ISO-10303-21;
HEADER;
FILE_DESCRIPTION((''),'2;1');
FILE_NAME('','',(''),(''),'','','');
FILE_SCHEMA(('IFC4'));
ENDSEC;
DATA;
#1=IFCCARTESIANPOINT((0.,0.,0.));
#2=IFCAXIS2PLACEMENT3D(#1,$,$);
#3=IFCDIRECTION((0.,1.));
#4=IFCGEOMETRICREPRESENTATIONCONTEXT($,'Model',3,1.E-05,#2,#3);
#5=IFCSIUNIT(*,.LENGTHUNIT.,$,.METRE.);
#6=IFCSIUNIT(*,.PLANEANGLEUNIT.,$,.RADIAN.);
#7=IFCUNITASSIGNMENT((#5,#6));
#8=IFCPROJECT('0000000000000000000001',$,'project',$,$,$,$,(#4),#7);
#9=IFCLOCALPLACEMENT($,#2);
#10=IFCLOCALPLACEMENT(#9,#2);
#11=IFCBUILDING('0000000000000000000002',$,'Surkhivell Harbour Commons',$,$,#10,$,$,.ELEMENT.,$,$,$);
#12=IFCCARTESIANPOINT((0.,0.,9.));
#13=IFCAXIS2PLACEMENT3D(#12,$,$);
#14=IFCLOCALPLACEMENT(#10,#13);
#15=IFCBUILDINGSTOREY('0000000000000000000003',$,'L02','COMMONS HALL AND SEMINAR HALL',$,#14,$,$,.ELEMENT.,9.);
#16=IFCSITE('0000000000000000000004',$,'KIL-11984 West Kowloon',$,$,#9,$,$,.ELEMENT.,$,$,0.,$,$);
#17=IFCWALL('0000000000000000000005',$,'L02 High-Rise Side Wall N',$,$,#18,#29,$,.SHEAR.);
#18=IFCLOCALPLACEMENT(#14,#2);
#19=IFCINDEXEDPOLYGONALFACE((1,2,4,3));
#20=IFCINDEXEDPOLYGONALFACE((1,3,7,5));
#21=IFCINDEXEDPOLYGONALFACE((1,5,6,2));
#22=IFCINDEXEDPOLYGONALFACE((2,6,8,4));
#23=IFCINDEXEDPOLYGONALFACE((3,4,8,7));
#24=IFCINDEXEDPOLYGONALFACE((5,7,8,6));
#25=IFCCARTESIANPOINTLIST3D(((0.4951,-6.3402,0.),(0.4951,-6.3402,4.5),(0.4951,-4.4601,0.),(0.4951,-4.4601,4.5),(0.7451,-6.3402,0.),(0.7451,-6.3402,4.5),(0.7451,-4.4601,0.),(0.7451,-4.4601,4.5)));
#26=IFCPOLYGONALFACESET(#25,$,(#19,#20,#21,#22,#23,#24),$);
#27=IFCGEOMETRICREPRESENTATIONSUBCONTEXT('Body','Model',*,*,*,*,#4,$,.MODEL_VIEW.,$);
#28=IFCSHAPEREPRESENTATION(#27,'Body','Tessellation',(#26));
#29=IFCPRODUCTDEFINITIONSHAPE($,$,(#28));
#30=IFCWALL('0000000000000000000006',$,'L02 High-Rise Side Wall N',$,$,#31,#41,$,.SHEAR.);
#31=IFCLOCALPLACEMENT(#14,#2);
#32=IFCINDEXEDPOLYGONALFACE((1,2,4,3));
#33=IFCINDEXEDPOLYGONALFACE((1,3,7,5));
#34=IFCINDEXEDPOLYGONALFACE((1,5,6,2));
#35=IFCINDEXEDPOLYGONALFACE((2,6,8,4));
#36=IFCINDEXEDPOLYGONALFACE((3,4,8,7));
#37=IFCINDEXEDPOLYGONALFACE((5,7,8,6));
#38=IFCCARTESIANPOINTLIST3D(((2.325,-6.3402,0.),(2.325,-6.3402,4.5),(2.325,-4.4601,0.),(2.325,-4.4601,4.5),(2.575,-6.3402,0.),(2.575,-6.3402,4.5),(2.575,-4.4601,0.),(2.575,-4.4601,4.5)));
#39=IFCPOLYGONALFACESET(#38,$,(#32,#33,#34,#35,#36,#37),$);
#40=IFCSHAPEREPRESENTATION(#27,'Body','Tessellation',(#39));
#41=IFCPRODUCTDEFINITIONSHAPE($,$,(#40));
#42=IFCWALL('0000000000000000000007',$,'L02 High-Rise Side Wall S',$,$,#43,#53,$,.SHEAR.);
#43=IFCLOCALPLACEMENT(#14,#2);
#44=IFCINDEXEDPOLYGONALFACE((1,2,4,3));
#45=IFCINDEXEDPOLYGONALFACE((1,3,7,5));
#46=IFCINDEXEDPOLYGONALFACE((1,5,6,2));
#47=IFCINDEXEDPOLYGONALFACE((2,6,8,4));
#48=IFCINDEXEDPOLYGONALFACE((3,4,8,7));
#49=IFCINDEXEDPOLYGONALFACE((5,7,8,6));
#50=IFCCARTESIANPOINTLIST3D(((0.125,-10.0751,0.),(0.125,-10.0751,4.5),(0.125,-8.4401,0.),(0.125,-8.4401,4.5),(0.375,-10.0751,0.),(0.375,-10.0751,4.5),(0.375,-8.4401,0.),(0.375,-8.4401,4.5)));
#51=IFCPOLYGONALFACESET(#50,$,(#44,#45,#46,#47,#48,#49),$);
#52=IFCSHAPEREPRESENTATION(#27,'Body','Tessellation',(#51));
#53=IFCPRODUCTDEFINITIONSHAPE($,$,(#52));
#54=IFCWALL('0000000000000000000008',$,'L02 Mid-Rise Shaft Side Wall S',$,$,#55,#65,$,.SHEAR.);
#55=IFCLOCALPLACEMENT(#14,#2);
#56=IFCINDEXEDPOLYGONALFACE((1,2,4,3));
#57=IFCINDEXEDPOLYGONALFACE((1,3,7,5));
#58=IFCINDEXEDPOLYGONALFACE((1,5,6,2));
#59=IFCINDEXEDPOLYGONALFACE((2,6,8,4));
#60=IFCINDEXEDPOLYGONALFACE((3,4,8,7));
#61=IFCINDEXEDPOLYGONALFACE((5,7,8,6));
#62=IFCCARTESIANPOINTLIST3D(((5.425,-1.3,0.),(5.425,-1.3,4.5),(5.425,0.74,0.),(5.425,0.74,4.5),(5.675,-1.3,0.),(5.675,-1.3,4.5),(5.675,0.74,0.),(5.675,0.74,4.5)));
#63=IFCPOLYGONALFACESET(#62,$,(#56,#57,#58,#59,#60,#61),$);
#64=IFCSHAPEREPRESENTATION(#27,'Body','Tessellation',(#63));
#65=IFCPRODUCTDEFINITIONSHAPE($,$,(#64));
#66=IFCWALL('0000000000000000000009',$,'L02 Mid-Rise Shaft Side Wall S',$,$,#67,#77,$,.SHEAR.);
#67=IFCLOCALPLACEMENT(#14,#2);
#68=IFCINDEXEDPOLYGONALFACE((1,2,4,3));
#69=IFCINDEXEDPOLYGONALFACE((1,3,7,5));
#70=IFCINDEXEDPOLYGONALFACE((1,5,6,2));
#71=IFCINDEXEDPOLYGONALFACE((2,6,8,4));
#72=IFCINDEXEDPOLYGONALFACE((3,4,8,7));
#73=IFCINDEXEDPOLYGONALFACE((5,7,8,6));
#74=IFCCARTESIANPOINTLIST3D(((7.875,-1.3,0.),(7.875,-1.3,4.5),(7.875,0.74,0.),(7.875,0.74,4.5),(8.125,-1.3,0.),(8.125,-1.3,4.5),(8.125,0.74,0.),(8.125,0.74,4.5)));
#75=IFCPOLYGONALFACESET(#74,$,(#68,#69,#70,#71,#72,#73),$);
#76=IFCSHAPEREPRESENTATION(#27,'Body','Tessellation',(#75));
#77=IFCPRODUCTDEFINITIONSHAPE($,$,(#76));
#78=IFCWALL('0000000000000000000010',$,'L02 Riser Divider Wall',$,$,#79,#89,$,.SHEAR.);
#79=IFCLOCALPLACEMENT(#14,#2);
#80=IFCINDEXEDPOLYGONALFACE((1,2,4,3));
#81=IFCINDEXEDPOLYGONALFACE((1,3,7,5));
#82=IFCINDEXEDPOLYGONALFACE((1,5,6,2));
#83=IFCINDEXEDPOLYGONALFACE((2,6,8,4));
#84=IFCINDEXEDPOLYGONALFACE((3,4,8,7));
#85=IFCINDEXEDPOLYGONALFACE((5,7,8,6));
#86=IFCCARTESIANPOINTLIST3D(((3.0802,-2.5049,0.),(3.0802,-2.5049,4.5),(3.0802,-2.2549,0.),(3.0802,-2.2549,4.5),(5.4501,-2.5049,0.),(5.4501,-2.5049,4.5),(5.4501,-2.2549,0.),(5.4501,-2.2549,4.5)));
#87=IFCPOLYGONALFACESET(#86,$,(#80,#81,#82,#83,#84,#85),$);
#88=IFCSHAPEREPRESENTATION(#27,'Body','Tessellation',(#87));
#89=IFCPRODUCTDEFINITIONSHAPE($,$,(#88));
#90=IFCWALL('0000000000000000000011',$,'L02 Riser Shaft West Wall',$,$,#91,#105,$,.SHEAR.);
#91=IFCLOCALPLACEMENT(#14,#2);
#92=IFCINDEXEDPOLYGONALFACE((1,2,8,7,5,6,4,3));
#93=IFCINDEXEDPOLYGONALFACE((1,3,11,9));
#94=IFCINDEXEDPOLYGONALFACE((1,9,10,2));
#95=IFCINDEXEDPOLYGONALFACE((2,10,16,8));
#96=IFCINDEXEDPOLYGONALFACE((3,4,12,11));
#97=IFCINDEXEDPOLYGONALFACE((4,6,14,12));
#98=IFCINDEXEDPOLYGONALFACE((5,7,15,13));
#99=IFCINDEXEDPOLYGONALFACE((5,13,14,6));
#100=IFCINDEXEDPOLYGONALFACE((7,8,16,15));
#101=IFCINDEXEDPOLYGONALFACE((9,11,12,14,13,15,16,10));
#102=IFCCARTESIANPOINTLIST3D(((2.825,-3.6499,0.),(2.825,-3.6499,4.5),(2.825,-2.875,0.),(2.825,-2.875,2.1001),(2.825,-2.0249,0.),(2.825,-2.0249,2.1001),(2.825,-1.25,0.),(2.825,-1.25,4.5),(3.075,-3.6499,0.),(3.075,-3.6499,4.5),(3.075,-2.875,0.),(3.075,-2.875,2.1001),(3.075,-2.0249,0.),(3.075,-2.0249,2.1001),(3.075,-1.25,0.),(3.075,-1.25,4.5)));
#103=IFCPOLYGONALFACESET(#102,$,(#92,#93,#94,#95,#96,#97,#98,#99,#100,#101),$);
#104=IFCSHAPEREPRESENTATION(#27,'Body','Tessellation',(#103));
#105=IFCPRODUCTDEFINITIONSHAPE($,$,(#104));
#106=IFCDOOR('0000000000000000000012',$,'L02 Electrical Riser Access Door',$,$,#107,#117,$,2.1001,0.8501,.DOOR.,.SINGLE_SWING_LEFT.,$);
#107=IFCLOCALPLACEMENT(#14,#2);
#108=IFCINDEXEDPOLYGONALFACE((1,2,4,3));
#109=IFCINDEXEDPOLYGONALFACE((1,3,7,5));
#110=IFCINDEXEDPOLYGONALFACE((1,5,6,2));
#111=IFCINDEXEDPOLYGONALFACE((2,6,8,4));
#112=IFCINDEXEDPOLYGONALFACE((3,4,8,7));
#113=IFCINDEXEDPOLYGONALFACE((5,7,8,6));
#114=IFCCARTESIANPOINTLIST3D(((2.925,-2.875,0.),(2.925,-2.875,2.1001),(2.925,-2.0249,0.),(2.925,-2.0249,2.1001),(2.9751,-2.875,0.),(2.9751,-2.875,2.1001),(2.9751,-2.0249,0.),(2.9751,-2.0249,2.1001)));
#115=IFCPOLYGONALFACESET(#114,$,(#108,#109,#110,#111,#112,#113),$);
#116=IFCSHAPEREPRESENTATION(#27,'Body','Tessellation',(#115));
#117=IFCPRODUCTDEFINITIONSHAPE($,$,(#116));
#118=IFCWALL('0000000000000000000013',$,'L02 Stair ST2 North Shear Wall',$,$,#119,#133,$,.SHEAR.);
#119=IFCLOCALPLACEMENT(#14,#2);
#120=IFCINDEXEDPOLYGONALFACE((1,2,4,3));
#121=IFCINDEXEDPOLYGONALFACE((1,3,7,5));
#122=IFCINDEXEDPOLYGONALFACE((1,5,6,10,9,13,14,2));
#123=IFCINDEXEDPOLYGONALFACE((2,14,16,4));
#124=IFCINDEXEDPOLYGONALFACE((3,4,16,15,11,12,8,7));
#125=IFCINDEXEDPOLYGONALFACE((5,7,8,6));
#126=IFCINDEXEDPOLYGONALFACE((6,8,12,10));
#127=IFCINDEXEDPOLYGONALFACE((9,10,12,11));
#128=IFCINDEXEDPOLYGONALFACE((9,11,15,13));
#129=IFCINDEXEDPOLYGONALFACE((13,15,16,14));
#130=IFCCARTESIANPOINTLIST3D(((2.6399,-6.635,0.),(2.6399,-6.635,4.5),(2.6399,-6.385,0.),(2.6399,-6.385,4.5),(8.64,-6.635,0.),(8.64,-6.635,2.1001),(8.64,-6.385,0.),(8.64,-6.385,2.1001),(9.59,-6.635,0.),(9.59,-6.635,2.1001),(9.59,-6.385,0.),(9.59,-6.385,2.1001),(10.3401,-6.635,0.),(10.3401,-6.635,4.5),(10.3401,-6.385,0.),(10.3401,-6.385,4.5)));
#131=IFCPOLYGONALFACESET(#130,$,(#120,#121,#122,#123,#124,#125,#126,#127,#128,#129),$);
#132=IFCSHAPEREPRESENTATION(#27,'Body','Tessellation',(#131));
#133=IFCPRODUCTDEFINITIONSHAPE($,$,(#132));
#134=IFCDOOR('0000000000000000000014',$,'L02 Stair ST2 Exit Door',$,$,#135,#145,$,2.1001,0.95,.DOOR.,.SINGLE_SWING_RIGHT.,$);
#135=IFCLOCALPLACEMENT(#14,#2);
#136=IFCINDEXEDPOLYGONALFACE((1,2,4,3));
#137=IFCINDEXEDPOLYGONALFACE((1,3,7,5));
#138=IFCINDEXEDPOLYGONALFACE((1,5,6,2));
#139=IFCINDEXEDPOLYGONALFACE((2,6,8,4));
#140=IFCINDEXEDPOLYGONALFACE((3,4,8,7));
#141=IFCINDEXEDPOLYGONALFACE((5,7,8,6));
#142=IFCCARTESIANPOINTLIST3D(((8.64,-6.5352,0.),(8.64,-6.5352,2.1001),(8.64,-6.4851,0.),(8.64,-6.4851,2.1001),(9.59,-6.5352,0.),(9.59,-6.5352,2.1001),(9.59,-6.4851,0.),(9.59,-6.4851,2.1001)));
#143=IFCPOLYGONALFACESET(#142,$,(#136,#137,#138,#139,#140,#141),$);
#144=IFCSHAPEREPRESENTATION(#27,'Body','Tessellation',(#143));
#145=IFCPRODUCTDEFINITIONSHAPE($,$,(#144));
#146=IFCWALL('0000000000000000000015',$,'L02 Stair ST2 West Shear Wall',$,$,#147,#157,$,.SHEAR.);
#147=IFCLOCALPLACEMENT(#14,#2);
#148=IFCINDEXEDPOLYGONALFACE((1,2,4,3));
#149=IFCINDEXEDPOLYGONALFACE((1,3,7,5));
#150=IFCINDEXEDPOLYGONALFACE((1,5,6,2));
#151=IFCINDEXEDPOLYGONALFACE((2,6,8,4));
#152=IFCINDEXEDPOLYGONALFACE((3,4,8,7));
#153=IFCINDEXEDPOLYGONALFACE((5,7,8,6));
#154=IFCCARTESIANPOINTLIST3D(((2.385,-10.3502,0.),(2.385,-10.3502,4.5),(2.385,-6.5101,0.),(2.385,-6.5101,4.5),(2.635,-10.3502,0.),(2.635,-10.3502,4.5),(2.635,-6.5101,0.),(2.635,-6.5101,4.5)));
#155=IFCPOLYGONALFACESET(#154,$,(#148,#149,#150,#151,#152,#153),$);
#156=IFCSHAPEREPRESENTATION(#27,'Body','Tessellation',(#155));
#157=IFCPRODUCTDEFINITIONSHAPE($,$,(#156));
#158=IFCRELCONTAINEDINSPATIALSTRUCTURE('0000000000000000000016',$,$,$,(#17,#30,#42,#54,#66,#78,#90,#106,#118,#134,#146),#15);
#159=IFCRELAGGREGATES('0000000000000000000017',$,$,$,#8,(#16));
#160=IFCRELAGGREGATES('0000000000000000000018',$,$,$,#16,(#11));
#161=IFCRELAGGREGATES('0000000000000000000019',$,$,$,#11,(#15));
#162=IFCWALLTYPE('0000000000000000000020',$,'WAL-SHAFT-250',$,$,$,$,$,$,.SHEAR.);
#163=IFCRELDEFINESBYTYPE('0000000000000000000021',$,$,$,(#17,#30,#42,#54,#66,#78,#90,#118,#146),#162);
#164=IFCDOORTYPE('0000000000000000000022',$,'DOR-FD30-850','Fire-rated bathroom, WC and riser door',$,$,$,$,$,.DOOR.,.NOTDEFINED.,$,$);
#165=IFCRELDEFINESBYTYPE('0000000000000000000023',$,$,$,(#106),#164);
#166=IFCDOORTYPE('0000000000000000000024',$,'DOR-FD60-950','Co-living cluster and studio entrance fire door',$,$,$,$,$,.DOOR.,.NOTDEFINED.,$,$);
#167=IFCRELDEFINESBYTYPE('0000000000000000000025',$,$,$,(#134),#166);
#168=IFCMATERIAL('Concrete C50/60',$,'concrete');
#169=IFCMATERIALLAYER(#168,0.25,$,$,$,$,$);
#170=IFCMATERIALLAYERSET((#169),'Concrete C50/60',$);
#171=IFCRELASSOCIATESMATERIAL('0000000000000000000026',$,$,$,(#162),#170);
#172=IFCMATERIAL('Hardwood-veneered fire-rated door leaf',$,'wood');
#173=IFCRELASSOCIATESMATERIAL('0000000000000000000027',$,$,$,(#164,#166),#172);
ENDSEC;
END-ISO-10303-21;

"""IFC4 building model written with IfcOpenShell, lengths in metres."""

from ifc_helpers import new_model, si_unit, direction, frame, frame_2d, origin, place, context, subcontext, project, spatial, rectangle, extrude, material, layer, layer_set, type_object, element, fill, save


model = new_model("IFC4")

# Units and contexts
model_context = context("Model", 3, precision=1e-05, world=origin(), true_north=direction((0.0, 1.0)))
body_context = subcontext(model_context, "Body", "Model", "MODEL_VIEW")
ifc_project = project(units=[si_unit("LENGTHUNIT", "METRE"), si_unit("PLANEANGLEUNIT", "RADIAN")], contexts=[model_context])

# Site, building, storey
site_placement = place(None, origin())
site = spatial("IfcSite", under=ifc_project, at=site_placement, Name="KIL-11984 West Kowloon", CompositionType="ELEMENT", RefElevation=0.0)
building_placement = place(site_placement, origin())
building = spatial("IfcBuilding", under=site, at=building_placement, Name="Surkhivell Harbour Commons", CompositionType="ELEMENT")
storey_placement = place(building_placement, frame((0.0, 0.0, 9.0)))
storey = spatial("IfcBuildingStorey", under=building, at=storey_placement, Name="L02", Description="COMMONS HALL AND SEMINAR HALL", CompositionType="ELEMENT", Elevation=9.0)

# Shared definitions
ifc_material_1 = material(Name="Hardwood-veneered fire-rated door leaf", Category="wood")

# Shared definitions
ifc_material_2 = material(Name="Concrete C50/60", Category="concrete")
ifc_layer_1 = layer(ifc_material_2, 0.25)
ifc_layer_set_1 = layer_set([ifc_layer_1], Name="Concrete C50/60")
wall_type_1 = type_object("IfcWallType", Name="WAL-SHAFT-250", PredefinedType="SHEAR", material=ifc_layer_set_1)

# Walls
for number, where, z_axis, x_axis, name in (
    (1, (0.6201, -6.3401, 0.0), (0.0, 0.0, 1.0), (0.0, 1.0, 0.0), "L02 High-Rise Side Wall N"),
    (2, (2.45, -6.3401, 0.0), (0.0, 0.0, 1.0), (0.0, 1.0, 0.0), "L02 High-Rise Side Wall N"),
):
    element("IfcWall", number, at=place(storey_placement, frame(where, z_axis=z_axis, x_axis=x_axis)), inside=storey, type_object=wall_type_1, Name=name, PredefinedType="SHEAR", context=body_context, shape_type="SweptSolid", body=[
        extrude(rectangle(XDim=1.8801, YDim=0.25, at=frame_2d((0.9399, 0.0))), origin(), (0.0, 0.0, 1.0), 4.5),
    ])
wall_1_placement = place(storey_placement, frame((0.25, -10.075, 0.0), z_axis=(0.0, 0.0, 1.0), x_axis=(0.0, 1.0, 0.0)))
element("IfcWall", 3, at=wall_1_placement, inside=storey, type_object=wall_type_1, Name="L02 High-Rise Side Wall S", PredefinedType="SHEAR", context=body_context, shape_type="SweptSolid", body=[
    extrude(rectangle(XDim=1.635, YDim=0.25, at=frame_2d((0.8174, 0.0))), origin(), (0.0, 0.0, 1.0), 4.5),
])
for number, where, z_axis, x_axis, name in (
    (4, (5.55, -1.3, 0.0), (0.0, 0.0, 1.0), (0.0, 1.0, 0.0), "L02 Mid-Rise Shaft Side Wall S"),
    (5, (8.0, -1.3, 0.0), (0.0, 0.0, 1.0), (0.0, 1.0, 0.0), "L02 Mid-Rise Shaft Side Wall S"),
):
    element("IfcWall", number, at=place(storey_placement, frame(where, z_axis=z_axis, x_axis=x_axis)), inside=storey, type_object=wall_type_1, Name=name, PredefinedType="SHEAR", context=body_context, shape_type="SweptSolid", body=[
        extrude(rectangle(XDim=2.04, YDim=0.25, at=frame_2d((1.02, 0.0))), origin(), (0.0, 0.0, 1.0), 4.5),
    ])
wall_2_placement = place(storey_placement, frame((3.0801, -2.3799, 0.0), z_axis=(0.0, 0.0, 1.0), x_axis=(1.0, 0.0, 0.0)))
element("IfcWall", 6, at=wall_2_placement, inside=storey, type_object=wall_type_1, Name="L02 Riser Divider Wall", PredefinedType="SHEAR", context=body_context, shape_type="SweptSolid", body=[
    extrude(rectangle(XDim=2.3699, YDim=0.25, at=frame_2d((1.1851, 0.0))), origin(), (0.0, 0.0, 1.0), 4.5),
])

# Walls, openings, doors
wall_3_placement = place(storey_placement, frame((2.95, -3.6499, 0.0), z_axis=(0.0, 0.0, 1.0), x_axis=(0.0, 1.0, 0.0)))
wall_3 = element("IfcWall", 7, at=wall_3_placement, inside=storey, type_object=wall_type_1, Name="L02 Riser Shaft West Wall", PredefinedType="SHEAR", context=body_context, shape_type="SweptSolid", body=[
    extrude(rectangle(XDim=2.3999, YDim=0.25, at=frame_2d((1.2, 0.0))), origin(), (0.0, 0.0, 1.0), 4.5),
])
opening_1_placement = place(wall_3_placement, frame((0.7749, 0.0, 0.0)))
opening_1 = element("IfcOpeningElement", 8, at=opening_1_placement, cuts=wall_3, PredefinedType="OPENING", context=body_context, shape_type="SweptSolid", body=[
    extrude(rectangle(XDim=0.8501, YDim=2.1001, at=frame_2d((0.425, 1.05))), frame((0.0, 0.135, 0.0), z_axis=(0.0, -1.0, 0.0), x_axis=(1.0, 0.0, 0.0)), (0.0, 0.0, 1.0), 0.27),
])
door_type_1 = type_object("IfcDoorType", Name="DOR-FD30-850", Description="Fire-rated bathroom, WC and riser door", OperationType="NOTDEFINED", PredefinedType="DOOR", material=ifc_material_1)
door_1_placement = place(opening_1_placement, origin())
door_1 = element("IfcDoor", 9, at=door_1_placement, inside=storey, type_object=door_type_1, Name="L02 Electrical Riser Access Door", OperationType="SINGLE_SWING_LEFT", OverallHeight=2.1001, OverallWidth=0.8501, PredefinedType="DOOR", context=body_context, shape_type="SweptSolid", body=[
    extrude(rectangle(XDim=0.8501, YDim=2.1001, at=frame_2d((0.425, 1.05))), frame((0.0, 0.0249, 0.0), z_axis=(0.0, -1.0, 0.0), x_axis=(1.0, 0.0, 0.0)), (0.0, 0.0, 1.0), 0.05),
])
fill(opening_1, door_1)
wall_4_placement = place(storey_placement, frame((2.6399, -6.51, 0.0), z_axis=(0.0, 0.0, 1.0), x_axis=(1.0, 0.0, 0.0)))
wall_4 = element("IfcWall", 10, at=wall_4_placement, inside=storey, type_object=wall_type_1, Name="L02 Stair ST2 North Shear Wall", PredefinedType="SHEAR", context=body_context, shape_type="SweptSolid", body=[
    extrude(rectangle(XDim=7.7002, YDim=0.25, at=frame_2d((3.8501, 0.0))), origin(), (0.0, 0.0, 1.0), 4.5),
])
opening_2_placement = place(wall_4_placement, frame((6.0, 0.0, 0.0)))
opening_2 = element("IfcOpeningElement", 11, at=opening_2_placement, cuts=wall_4, PredefinedType="OPENING", context=body_context, shape_type="SweptSolid", body=[
    extrude(rectangle(XDim=0.95, YDim=2.1001, at=frame_2d((0.4751, 1.05))), frame((0.0, 0.135, 0.0), z_axis=(0.0, -1.0, 0.0), x_axis=(1.0, 0.0, 0.0)), (0.0, 0.0, 1.0), 0.27),
])
door_type_2 = type_object("IfcDoorType", Name="DOR-FD60-950", Description="Co-living cluster and studio entrance fire door", OperationType="NOTDEFINED", PredefinedType="DOOR", material=ifc_material_1)
door_2_placement = place(opening_2_placement, origin())
door_2 = element("IfcDoor", 12, at=door_2_placement, inside=storey, type_object=door_type_2, Name="L02 Stair ST2 Exit Door", OperationType="SINGLE_SWING_RIGHT", OverallHeight=2.1001, OverallWidth=0.95, PredefinedType="DOOR", context=body_context, shape_type="SweptSolid", body=[
    extrude(rectangle(XDim=0.95, YDim=2.1001, at=frame_2d((0.4751, 1.05))), frame((0.0, 0.0249, 0.0), z_axis=(0.0, -1.0, 0.0), x_axis=(1.0, 0.0, 0.0)), (0.0, 0.0, 1.0), 0.05),
])
fill(opening_2, door_2)

# Wall
wall_5_placement = place(storey_placement, frame((2.51, -10.3501, 0.0), z_axis=(0.0, 0.0, 1.0), x_axis=(0.0, 1.0, 0.0)))
element("IfcWall", 13, at=wall_5_placement, inside=storey, type_object=wall_type_1, Name="L02 Stair ST2 West Shear Wall", PredefinedType="SHEAR", context=body_context, shape_type="SweptSolid", body=[
    extrude(rectangle(XDim=3.8401, YDim=0.25, at=frame_2d((1.9199, 0.0))), origin(), (0.0, 0.0, 1.0), 4.5),
])

save(model, "model.ifc")
